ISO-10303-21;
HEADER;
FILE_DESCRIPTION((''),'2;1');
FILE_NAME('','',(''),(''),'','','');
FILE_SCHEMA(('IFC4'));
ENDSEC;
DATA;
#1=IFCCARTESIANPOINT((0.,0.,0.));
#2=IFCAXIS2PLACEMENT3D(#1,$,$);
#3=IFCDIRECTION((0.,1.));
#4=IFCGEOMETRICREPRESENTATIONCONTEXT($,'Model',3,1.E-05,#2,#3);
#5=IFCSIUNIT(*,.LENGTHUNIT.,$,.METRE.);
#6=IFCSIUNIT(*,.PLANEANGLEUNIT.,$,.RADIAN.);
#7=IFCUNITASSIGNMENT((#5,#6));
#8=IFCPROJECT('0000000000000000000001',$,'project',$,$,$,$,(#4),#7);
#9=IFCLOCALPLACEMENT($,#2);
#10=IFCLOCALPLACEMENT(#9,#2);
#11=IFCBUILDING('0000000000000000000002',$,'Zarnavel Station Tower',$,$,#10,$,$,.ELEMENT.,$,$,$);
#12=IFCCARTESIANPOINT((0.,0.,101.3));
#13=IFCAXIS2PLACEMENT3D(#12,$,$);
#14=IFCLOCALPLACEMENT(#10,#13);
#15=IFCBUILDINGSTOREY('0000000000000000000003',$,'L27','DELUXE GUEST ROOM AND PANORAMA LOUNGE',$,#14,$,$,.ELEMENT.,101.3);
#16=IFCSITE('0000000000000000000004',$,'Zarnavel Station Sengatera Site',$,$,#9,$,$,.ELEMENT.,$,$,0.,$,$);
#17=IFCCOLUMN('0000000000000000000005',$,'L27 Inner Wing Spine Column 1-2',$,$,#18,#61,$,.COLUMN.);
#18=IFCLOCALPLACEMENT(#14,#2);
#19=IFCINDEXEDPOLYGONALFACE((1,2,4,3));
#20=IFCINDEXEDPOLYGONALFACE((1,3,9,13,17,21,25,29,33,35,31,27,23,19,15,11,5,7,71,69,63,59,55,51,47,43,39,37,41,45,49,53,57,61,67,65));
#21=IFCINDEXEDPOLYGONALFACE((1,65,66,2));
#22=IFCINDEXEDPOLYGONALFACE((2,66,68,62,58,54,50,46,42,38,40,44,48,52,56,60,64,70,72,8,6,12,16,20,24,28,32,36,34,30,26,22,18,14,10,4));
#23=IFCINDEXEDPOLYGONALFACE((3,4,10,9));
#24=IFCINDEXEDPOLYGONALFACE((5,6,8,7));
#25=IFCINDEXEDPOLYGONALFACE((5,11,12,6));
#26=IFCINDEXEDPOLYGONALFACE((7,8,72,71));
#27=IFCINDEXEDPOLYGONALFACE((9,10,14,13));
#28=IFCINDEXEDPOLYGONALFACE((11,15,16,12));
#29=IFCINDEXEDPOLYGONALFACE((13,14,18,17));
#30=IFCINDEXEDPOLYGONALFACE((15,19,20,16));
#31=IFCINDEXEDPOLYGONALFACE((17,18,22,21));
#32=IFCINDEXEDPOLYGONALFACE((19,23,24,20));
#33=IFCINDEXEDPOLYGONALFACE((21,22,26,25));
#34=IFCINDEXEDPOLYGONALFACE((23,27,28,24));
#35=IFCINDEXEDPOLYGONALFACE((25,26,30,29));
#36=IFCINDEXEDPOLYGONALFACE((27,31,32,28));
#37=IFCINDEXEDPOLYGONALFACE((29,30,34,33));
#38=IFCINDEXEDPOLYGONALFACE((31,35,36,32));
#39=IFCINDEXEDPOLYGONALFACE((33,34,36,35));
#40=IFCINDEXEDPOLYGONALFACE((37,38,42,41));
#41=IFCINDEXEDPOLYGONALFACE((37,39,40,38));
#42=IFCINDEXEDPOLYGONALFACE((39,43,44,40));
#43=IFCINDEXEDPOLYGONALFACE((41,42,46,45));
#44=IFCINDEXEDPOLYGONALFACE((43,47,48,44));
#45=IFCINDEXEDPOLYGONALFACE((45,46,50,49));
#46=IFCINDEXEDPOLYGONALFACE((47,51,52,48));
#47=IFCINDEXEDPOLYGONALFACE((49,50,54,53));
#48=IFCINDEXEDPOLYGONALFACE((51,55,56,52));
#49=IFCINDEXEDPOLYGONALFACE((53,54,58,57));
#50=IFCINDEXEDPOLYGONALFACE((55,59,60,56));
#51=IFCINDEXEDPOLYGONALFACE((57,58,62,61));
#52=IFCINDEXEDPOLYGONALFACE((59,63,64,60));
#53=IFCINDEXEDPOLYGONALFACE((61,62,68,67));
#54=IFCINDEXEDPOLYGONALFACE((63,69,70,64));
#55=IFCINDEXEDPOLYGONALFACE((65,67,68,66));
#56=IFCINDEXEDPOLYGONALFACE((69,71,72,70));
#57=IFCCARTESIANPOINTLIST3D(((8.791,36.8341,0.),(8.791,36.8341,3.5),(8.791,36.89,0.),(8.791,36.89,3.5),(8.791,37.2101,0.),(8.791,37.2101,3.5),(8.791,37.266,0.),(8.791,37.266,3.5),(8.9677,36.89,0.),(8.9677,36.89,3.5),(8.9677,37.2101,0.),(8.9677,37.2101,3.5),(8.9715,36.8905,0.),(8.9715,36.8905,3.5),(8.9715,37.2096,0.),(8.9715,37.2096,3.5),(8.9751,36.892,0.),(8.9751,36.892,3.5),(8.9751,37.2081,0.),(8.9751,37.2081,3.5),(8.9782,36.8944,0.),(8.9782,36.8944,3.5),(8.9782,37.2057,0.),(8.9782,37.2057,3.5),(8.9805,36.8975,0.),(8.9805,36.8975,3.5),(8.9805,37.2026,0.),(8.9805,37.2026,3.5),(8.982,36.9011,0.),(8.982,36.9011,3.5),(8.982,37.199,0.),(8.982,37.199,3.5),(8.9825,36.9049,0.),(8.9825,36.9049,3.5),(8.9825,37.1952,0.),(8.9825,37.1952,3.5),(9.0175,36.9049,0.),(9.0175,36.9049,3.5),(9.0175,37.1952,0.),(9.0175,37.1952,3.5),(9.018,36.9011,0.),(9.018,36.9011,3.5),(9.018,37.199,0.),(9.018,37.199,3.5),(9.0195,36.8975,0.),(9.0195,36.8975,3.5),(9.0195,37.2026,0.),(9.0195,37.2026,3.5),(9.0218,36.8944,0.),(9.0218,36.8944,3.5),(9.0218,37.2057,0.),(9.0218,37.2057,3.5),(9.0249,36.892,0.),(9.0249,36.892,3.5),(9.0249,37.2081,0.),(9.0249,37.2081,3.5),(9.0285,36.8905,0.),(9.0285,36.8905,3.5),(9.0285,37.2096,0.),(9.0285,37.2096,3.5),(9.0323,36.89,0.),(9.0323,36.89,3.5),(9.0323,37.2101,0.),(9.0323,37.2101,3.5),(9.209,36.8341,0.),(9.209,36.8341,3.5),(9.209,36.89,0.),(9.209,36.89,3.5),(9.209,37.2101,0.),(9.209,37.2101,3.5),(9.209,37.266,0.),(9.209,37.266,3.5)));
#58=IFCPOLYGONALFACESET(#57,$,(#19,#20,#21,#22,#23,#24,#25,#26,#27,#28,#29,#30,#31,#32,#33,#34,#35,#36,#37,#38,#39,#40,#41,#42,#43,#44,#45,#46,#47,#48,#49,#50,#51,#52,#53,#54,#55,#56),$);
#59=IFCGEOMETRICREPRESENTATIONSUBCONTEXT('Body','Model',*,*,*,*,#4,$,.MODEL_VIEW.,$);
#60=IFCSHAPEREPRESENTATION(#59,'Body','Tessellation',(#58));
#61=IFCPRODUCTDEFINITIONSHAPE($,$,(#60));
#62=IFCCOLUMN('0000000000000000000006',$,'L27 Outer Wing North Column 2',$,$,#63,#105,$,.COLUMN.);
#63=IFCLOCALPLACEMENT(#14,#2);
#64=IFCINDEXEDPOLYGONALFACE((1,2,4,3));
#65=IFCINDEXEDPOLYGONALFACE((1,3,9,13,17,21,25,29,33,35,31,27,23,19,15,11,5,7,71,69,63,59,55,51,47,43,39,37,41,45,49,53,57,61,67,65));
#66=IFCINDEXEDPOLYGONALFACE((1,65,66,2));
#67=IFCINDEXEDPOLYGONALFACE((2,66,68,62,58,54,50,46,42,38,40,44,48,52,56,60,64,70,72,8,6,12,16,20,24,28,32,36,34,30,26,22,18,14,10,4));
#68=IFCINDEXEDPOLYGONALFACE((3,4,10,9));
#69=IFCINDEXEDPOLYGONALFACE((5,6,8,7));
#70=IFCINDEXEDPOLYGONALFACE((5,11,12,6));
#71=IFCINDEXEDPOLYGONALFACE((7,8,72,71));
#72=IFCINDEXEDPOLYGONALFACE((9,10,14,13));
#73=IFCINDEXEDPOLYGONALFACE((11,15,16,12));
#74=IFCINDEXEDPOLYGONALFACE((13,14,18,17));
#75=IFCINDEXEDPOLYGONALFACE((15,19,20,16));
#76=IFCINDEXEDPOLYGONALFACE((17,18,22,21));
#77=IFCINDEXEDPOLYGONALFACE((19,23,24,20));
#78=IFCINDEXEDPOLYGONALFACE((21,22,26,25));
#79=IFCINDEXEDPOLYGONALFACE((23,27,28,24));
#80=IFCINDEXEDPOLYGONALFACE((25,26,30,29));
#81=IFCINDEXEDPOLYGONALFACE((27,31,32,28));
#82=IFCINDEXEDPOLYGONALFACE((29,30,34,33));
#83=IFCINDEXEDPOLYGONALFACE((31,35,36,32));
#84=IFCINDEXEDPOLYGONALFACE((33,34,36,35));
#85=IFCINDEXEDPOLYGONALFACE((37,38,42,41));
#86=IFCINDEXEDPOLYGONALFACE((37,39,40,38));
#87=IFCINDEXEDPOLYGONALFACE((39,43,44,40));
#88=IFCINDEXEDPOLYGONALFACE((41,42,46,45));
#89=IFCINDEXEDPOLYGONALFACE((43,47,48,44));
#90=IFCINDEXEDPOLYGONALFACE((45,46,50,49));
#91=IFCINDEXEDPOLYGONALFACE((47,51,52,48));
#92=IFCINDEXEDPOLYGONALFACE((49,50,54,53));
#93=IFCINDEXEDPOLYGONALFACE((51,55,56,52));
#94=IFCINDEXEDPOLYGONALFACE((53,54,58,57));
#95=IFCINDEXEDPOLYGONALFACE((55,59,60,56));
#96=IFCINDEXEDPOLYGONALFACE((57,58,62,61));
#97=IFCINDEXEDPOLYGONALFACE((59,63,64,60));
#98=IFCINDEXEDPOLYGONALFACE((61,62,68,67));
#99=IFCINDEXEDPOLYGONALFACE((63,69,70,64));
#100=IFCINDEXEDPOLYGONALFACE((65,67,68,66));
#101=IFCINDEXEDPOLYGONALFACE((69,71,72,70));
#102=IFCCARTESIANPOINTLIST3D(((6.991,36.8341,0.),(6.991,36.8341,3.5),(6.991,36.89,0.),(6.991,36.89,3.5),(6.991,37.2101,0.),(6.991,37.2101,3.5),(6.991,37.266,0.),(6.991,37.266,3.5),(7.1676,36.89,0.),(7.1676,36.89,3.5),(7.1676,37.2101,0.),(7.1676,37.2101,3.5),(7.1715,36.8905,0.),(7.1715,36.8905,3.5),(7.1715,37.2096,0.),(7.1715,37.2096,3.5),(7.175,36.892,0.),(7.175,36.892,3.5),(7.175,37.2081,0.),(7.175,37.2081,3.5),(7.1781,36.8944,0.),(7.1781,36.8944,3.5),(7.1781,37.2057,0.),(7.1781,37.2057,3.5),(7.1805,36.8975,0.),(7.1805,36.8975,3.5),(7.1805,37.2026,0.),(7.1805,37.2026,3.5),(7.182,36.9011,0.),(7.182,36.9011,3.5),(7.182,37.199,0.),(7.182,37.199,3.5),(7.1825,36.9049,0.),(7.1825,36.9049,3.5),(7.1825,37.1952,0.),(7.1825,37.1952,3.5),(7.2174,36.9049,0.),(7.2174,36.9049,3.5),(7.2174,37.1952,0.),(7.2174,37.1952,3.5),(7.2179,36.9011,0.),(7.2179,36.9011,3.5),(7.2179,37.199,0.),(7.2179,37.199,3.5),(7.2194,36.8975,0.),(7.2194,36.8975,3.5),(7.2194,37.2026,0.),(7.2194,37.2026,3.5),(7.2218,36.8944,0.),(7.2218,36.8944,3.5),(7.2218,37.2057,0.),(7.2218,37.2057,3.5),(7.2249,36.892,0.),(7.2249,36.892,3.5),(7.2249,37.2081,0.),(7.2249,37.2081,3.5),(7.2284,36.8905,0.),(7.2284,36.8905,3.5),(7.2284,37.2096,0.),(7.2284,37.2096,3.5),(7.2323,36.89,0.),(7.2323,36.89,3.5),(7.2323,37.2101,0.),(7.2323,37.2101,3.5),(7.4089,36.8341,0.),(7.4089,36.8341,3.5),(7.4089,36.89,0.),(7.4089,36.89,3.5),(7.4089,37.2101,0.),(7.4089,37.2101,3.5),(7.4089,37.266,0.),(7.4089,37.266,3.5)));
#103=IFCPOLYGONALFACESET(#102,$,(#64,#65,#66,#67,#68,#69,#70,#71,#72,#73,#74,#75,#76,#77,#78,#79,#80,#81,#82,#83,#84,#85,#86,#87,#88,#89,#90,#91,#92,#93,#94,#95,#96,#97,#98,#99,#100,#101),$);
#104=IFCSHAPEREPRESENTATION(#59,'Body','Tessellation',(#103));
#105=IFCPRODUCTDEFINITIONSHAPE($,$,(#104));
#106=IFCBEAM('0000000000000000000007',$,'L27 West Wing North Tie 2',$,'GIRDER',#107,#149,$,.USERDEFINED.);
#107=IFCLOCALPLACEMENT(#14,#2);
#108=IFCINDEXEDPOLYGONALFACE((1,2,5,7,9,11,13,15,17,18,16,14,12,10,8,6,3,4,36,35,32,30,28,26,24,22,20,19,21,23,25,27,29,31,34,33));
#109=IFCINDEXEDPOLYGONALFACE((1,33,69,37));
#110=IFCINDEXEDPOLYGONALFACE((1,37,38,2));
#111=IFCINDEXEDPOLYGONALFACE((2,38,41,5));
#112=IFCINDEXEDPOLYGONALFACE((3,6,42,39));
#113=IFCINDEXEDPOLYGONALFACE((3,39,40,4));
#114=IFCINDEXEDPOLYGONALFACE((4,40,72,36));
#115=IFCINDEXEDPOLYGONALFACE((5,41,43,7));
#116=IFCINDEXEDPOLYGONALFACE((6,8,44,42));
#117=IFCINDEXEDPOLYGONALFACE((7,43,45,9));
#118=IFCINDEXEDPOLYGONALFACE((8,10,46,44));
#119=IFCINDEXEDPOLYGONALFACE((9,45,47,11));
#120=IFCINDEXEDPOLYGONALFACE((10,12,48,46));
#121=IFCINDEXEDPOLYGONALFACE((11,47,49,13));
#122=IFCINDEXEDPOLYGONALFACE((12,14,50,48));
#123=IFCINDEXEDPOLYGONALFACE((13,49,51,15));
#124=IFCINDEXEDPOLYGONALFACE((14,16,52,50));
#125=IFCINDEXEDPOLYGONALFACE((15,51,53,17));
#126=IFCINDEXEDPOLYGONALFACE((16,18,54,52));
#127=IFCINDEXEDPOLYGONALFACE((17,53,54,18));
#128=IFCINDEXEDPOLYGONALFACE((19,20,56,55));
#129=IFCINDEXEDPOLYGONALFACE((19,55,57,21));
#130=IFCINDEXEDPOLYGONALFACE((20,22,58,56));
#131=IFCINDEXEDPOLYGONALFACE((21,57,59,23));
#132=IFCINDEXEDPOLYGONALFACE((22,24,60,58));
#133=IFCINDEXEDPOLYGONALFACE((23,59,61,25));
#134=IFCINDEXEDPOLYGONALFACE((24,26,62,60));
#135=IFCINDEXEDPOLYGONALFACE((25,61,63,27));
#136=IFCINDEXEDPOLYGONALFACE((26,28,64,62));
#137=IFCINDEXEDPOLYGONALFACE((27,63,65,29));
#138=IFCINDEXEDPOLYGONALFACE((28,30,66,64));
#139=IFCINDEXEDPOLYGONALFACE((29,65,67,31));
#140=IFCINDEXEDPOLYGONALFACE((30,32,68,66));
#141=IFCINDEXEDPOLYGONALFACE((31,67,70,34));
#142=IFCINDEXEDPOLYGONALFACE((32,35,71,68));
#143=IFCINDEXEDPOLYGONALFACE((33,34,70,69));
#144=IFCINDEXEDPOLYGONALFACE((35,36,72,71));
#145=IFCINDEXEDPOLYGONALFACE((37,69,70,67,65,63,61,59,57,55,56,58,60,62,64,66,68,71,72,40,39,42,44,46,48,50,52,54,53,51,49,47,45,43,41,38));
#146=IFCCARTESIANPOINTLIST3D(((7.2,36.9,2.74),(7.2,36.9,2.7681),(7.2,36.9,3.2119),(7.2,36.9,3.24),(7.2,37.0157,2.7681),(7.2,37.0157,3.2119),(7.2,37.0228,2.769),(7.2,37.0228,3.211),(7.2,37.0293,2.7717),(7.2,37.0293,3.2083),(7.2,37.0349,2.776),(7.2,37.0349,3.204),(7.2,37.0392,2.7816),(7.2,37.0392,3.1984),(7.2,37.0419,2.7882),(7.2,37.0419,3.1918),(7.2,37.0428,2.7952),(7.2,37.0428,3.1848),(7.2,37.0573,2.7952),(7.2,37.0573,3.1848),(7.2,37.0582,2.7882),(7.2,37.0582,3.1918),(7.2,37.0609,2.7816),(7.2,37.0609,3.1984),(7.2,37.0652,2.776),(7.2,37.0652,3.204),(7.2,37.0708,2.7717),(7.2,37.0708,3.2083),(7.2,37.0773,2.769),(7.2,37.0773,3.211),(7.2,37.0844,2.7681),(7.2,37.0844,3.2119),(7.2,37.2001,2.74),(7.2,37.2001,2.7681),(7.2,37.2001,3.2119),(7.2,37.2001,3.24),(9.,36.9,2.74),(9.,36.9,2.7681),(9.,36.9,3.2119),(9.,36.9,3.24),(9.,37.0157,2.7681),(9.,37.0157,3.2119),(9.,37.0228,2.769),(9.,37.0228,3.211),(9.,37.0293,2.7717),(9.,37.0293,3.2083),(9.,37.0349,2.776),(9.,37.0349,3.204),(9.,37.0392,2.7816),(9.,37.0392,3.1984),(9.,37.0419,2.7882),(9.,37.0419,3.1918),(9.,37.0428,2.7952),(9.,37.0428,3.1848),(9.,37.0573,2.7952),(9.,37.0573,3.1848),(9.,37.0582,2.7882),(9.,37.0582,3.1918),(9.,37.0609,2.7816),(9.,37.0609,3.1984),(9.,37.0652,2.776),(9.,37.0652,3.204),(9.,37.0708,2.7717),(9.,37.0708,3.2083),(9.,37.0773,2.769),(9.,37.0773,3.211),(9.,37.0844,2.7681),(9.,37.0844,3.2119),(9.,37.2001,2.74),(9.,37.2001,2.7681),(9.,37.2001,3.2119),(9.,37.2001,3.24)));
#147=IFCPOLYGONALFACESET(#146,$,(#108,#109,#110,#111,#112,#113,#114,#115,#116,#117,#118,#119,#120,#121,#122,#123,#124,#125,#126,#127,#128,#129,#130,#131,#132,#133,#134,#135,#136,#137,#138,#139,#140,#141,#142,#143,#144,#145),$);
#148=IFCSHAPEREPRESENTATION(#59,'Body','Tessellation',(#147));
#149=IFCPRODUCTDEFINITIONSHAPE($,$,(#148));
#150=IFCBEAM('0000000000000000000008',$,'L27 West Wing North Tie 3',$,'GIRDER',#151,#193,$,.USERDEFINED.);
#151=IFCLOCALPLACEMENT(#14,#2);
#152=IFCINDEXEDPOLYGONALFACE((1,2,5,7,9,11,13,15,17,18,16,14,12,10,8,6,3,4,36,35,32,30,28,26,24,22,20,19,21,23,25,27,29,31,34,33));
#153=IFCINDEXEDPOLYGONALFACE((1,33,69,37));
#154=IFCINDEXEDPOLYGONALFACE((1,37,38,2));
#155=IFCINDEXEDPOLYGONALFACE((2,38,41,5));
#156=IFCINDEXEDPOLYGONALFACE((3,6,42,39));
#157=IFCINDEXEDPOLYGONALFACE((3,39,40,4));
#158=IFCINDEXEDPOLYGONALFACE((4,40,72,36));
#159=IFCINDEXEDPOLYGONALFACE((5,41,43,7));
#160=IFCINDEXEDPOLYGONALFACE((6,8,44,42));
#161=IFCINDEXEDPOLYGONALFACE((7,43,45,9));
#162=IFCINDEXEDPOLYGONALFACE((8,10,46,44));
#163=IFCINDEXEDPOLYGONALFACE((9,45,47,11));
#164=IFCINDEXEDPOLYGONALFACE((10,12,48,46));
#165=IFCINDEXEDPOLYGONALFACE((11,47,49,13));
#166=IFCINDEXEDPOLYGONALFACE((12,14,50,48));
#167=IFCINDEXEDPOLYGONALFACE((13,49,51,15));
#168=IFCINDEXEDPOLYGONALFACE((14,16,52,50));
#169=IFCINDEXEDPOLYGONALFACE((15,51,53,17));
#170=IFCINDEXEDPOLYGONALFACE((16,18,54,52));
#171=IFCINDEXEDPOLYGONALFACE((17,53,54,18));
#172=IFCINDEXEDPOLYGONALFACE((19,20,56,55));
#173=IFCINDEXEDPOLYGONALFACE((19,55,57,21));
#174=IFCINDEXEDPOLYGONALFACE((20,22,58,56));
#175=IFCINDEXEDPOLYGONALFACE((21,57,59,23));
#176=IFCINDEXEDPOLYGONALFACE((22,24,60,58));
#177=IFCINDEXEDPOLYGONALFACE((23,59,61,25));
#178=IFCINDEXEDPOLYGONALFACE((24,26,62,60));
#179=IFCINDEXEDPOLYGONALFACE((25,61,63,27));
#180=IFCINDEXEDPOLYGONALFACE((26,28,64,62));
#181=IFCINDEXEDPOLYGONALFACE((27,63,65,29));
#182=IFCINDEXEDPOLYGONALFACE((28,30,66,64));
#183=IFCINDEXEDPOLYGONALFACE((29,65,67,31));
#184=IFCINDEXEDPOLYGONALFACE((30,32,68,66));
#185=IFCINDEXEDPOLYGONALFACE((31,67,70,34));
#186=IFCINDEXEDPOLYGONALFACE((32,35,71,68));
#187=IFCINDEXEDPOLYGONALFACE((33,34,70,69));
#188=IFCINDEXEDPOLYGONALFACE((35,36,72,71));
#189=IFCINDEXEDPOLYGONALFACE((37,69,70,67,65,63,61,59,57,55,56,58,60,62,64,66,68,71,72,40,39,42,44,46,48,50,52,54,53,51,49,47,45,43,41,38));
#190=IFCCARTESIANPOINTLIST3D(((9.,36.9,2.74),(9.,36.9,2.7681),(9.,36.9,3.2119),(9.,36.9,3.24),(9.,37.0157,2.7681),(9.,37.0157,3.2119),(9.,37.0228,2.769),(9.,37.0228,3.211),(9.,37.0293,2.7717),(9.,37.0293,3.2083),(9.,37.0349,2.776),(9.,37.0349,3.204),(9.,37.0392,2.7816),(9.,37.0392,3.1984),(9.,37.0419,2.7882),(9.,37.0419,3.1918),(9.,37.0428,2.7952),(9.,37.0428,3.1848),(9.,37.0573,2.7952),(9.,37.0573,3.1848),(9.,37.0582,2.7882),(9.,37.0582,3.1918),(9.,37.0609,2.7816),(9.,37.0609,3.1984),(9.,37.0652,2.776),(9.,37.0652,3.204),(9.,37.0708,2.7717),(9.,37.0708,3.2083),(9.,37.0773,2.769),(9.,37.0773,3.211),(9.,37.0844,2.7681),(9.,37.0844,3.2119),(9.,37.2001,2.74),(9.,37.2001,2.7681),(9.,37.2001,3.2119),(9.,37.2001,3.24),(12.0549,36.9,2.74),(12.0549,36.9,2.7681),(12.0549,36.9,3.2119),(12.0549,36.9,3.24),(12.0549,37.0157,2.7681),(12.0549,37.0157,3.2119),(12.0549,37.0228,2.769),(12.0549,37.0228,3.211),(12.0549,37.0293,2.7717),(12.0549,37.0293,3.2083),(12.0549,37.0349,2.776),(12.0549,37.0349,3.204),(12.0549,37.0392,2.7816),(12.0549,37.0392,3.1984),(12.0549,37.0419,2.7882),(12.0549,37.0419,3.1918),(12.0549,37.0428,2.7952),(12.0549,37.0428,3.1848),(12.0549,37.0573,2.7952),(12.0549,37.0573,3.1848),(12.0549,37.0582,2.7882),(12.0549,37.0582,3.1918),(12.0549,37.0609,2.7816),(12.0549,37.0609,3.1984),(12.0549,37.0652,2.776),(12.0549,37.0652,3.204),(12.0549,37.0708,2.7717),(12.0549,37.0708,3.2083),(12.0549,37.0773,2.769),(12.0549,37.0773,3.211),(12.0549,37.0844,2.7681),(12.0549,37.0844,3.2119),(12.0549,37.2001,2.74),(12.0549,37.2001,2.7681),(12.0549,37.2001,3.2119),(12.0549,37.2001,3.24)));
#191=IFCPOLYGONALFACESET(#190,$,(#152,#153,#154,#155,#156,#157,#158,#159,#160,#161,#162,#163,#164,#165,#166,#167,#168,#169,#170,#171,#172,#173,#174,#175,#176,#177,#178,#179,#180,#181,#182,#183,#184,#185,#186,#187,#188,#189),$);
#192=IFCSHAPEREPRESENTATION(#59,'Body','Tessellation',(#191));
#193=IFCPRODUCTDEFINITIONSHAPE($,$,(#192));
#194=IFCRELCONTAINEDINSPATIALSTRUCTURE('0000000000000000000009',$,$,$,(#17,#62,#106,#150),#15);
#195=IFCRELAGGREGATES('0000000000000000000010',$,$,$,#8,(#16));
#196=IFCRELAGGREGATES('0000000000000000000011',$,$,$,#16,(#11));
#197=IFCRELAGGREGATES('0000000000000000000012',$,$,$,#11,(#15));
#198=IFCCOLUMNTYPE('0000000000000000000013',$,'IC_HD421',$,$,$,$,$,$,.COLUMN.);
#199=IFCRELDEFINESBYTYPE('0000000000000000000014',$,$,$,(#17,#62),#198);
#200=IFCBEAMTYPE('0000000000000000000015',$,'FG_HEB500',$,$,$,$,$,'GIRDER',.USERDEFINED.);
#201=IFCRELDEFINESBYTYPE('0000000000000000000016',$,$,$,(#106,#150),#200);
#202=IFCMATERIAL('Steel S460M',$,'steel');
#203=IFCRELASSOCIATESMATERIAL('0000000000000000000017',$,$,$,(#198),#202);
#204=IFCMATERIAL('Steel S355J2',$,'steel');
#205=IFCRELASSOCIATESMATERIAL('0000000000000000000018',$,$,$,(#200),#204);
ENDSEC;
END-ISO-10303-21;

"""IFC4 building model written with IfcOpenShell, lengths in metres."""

from ifc_helpers import new_model, si_unit, direction, frame, origin, origin_2d, place, context, subcontext, project, spatial, i_section, extrude, material, material_profile, profile_set, type_object, element, save


model = new_model("IFC4")

# Units and contexts
model_context = context("Model", 3, precision=1e-05, world=origin(), true_north=direction((0.0, 1.0)))
body_context = subcontext(model_context, "Body", "Model", "MODEL_VIEW")
ifc_project = project(units=[si_unit("LENGTHUNIT", "METRE"), si_unit("PLANEANGLEUNIT", "RADIAN")], contexts=[model_context])

# Site, building, storey
site_placement = place(None, origin())
site = spatial("IfcSite", under=ifc_project, at=site_placement, Name="Zarnavel Station Sengatera Site", CompositionType="ELEMENT", RefElevation=0.0)
building_placement = place(site_placement, origin())
building = spatial("IfcBuilding", under=site, at=building_placement, Name="Zarnavel Station Tower", CompositionType="ELEMENT")
storey_placement = place(building_placement, frame((0.0, 0.0, 101.3)))
storey = spatial("IfcBuildingStorey", under=building, at=storey_placement, Name="L27", Description="DELUXE GUEST ROOM AND PANORAMA LOUNGE", CompositionType="ELEMENT", Elevation=101.3)

# Columns
ifc_material_1 = material(Name="Steel S460M", Category="steel")
ifc_material_profile_1 = material_profile(ifc_material_1, i_section(OverallWidth=0.418, OverallDepth=0.4319, WebThickness=0.0349, FlangeThickness=0.0559, FilletRadius=0.0149, at=origin_2d()), Name="HD400x421")
ifc_profile_set_1 = profile_set([ifc_material_profile_1], Name="Steel S460M")
column_type = type_object("IfcColumnType", Name="IC_HD421", PredefinedType="COLUMN", material=ifc_profile_set_1)
for number, where, z_axis, x_axis, name in (
    (1, (9.0, 37.05, 0.0), (0.0, 0.0, 1.0), (1.0, 0.0, 0.0), "L27 Inner Wing Spine Column 1-2"),
    (2, (7.2, 37.05, 0.0), (0.0, 0.0, 1.0), (1.0, 0.0, 0.0), "L27 Outer Wing North Column 2"),
):
    element("IfcColumn", number, at=place(storey_placement, frame(where, z_axis=z_axis, x_axis=x_axis)), inside=storey, type_object=column_type, Name=name, PredefinedType="COLUMN", context=body_context, shape_type="SweptSolid", body=[
        extrude(i_section(OverallWidth=0.418, OverallDepth=0.4319, WebThickness=0.0349, FlangeThickness=0.0559, FilletRadius=0.0149, at=origin_2d()), origin(), (0.0, 0.0, 1.0), 3.5),
    ])

# Beams
ifc_material_2 = material(Name="Steel S355J2", Category="steel")
ifc_material_profile_2 = material_profile(ifc_material_2, i_section(OverallWidth=0.3, OverallDepth=0.5, WebThickness=0.0144, FlangeThickness=0.0281, FilletRadius=0.0271, at=origin_2d()), Name="HEB500")
ifc_profile_set_2 = profile_set([ifc_material_profile_2], Name="Steel S355J2")
beam_type = type_object("IfcBeamType", Name="FG_HEB500", ElementType="GIRDER", PredefinedType="USERDEFINED", material=ifc_profile_set_2)
beam_1_placement = place(storey_placement, frame((7.2, 37.05, 2.99), z_axis=(1.0, 0.0, 0.0), x_axis=(0.0, 1.0, 0.0)))
element("IfcBeam", 3, at=beam_1_placement, inside=storey, type_object=beam_type, Name="L27 West Wing North Tie 2", ObjectType="GIRDER", PredefinedType="USERDEFINED", context=body_context, shape_type="SweptSolid", body=[
    extrude(i_section(OverallWidth=0.3, OverallDepth=0.5, WebThickness=0.0144, FlangeThickness=0.0281, FilletRadius=0.0271, at=origin_2d()), origin(), (0.0, 0.0, 1.0), 1.8),
])
beam_2_placement = place(storey_placement, frame((9.0, 37.05, 2.99), z_axis=(1.0, 0.0, 0.0), x_axis=(0.0, 1.0, 0.0)))
element("IfcBeam", 4, at=beam_2_placement, inside=storey, type_object=beam_type, Name="L27 West Wing North Tie 3", ObjectType="GIRDER", PredefinedType="USERDEFINED", context=body_context, shape_type="SweptSolid", body=[
    extrude(i_section(OverallWidth=0.3, OverallDepth=0.5, WebThickness=0.0144, FlangeThickness=0.0281, FilletRadius=0.0271, at=origin_2d()), origin(), (0.0, 0.0, 1.0), 3.0549),
])

save(model, "model.ifc")
